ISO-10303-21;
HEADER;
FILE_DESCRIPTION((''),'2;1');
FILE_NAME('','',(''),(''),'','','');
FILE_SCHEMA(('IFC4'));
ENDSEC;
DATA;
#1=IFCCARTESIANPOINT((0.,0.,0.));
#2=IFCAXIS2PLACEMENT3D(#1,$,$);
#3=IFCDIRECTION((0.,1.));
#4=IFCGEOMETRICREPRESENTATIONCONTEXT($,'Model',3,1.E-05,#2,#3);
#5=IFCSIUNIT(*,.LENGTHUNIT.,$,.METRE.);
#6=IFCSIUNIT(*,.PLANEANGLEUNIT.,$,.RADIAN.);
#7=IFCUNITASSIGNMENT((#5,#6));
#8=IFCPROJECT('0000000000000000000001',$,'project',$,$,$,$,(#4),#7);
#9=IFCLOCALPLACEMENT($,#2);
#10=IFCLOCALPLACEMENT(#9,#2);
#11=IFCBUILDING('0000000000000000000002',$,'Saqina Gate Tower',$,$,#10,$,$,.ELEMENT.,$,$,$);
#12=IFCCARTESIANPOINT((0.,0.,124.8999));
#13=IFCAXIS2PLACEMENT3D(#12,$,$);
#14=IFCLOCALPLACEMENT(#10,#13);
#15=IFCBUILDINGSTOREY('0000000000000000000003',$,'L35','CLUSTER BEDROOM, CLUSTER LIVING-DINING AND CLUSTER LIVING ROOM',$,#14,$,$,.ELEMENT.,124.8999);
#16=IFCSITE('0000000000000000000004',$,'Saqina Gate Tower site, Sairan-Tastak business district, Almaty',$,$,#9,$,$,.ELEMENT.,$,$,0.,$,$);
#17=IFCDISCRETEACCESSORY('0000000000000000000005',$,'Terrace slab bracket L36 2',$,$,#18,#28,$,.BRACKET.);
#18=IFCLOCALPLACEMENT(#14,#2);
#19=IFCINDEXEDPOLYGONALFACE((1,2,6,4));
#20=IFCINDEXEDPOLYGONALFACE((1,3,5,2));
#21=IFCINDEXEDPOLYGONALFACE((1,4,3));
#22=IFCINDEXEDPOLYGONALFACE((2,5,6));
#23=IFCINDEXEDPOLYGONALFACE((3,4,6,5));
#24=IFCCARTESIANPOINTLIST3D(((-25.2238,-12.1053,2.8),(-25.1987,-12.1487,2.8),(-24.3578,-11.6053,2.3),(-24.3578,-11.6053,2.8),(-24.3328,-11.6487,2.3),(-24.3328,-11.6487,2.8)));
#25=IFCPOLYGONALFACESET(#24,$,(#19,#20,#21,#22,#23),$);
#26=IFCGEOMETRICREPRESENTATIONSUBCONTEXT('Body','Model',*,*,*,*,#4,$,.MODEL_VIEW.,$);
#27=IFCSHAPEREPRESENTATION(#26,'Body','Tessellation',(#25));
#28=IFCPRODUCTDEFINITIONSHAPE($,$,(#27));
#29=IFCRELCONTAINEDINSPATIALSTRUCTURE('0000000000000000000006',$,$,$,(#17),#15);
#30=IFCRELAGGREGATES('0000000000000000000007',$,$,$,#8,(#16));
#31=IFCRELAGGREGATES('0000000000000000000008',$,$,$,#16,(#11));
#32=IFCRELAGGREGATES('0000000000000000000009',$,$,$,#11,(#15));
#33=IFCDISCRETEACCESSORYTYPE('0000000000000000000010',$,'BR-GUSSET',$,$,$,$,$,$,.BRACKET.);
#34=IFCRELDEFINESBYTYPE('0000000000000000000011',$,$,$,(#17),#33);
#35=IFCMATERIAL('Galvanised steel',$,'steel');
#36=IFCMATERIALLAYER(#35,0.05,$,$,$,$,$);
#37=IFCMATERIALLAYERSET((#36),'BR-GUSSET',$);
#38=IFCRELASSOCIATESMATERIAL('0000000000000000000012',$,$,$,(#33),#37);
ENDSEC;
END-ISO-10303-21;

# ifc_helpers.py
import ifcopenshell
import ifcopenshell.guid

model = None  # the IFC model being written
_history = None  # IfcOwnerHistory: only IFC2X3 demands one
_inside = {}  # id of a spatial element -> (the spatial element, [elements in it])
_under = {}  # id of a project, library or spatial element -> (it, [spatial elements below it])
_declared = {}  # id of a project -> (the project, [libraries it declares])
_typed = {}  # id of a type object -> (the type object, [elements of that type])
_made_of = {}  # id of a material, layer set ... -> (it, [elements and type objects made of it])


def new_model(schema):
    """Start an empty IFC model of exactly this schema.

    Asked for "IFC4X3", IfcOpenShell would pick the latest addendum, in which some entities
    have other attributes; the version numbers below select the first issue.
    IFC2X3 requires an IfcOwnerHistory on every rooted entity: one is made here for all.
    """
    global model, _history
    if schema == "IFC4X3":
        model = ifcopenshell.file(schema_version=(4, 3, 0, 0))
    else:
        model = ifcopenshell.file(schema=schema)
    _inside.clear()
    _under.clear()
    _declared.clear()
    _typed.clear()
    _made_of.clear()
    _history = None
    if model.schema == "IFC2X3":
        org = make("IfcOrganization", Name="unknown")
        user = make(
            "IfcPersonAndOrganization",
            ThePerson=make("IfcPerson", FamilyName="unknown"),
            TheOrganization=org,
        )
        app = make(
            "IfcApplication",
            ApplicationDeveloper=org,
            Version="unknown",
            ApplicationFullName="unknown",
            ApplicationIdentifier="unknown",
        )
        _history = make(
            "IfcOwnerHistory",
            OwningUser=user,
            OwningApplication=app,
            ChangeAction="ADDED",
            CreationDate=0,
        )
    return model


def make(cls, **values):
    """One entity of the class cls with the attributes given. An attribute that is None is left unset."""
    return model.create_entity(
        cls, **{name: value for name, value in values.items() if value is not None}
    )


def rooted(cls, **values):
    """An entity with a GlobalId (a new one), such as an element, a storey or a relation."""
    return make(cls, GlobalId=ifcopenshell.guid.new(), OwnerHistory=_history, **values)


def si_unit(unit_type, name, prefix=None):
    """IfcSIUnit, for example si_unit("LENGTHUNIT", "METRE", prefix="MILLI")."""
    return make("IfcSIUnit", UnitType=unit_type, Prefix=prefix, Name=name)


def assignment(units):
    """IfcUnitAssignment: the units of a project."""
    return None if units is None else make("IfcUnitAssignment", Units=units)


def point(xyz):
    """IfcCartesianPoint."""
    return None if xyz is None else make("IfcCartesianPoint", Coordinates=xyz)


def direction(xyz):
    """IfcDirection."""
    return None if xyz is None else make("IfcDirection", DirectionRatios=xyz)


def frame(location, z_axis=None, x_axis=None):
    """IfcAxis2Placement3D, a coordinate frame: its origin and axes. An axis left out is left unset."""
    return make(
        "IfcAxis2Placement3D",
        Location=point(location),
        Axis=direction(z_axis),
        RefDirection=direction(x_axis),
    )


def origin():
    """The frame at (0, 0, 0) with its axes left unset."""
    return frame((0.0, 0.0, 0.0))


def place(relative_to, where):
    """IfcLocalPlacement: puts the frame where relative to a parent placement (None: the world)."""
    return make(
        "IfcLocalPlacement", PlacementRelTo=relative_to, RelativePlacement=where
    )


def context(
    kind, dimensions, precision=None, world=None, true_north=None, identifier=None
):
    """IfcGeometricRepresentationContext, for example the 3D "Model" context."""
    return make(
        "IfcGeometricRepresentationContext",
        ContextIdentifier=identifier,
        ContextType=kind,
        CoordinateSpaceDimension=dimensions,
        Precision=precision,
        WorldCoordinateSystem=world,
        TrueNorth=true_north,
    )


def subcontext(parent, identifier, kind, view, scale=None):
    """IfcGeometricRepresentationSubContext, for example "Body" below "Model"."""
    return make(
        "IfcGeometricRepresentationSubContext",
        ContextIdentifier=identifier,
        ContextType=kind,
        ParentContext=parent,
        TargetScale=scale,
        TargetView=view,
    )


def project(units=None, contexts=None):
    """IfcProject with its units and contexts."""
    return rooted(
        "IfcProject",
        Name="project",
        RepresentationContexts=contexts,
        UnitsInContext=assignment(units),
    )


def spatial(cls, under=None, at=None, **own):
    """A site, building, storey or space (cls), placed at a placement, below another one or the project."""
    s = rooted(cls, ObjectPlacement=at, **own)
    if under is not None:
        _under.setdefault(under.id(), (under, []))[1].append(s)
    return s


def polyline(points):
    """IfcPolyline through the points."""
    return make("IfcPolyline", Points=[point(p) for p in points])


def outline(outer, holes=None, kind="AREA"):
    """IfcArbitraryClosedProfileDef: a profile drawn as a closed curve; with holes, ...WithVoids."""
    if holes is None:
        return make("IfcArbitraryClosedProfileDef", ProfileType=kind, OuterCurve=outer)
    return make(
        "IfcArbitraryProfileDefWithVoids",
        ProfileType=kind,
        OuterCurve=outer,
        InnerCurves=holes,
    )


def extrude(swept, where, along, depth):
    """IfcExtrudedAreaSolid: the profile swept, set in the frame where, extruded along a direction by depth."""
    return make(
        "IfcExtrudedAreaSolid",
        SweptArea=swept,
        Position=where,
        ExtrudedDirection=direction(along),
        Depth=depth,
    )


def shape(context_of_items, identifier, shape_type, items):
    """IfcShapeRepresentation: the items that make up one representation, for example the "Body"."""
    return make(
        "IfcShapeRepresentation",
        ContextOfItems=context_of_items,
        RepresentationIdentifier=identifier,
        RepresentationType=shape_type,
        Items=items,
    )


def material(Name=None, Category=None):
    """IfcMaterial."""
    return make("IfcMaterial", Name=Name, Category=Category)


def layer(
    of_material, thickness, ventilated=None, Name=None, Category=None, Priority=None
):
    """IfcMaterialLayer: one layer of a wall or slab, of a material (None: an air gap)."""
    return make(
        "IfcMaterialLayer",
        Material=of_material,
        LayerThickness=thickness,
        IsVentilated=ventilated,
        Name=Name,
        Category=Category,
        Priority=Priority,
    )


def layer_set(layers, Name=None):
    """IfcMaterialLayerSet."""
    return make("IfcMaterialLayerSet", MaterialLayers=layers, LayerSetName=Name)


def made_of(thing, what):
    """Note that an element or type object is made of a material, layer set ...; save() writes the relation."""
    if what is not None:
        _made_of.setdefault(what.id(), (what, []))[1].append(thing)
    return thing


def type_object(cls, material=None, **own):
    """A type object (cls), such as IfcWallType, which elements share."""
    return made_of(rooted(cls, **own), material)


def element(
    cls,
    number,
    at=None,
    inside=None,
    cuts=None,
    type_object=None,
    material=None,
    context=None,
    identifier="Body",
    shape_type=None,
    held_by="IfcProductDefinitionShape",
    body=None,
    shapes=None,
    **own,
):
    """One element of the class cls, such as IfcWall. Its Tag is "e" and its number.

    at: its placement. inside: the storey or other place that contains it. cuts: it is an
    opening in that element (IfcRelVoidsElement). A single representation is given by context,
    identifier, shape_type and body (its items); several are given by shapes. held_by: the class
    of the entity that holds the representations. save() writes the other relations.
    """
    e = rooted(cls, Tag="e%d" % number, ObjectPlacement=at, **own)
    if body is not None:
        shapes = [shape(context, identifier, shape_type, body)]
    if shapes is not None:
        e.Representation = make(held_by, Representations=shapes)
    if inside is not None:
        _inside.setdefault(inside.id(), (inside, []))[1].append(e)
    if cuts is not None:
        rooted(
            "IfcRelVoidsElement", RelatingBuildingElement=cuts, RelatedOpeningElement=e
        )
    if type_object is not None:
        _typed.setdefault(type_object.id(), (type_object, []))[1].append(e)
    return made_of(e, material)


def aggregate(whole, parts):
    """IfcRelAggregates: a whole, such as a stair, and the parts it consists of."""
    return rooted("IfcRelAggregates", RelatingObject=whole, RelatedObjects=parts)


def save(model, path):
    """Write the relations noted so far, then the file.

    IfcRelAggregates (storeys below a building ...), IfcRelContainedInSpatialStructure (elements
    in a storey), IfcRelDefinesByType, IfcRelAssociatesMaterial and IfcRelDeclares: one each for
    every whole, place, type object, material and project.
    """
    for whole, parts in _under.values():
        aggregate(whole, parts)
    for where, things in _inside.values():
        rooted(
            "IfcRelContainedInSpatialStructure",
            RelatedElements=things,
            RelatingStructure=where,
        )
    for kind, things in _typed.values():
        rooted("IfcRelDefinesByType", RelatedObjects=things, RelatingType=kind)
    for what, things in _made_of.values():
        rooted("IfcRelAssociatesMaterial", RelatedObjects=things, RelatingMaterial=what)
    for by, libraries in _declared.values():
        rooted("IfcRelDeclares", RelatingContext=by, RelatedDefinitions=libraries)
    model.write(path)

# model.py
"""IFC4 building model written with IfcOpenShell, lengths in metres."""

from ifc_helpers import new_model, si_unit, direction, frame, origin, place, context, subcontext, project, spatial, polyline, outline, extrude, material, layer, layer_set, type_object, element, save


model = new_model("IFC4")

# Units and contexts
model_context = context("Model", 3, precision=1e-05, world=origin(), true_north=direction((0.0, 1.0)))
body_context = subcontext(model_context, "Body", "Model", "MODEL_VIEW")
ifc_project = project(units=[si_unit("LENGTHUNIT", "METRE"), si_unit("PLANEANGLEUNIT", "RADIAN")], contexts=[model_context])

# Site, building, storey
site_placement = place(None, origin())
site = spatial("IfcSite", under=ifc_project, at=site_placement, Name="Saqina Gate Tower site, Sairan-Tastak business district, Almaty", CompositionType="ELEMENT", RefElevation=0.0)
building_placement = place(site_placement, origin())
building = spatial("IfcBuilding", under=site, at=building_placement, Name="Saqina Gate Tower", CompositionType="ELEMENT")
storey_placement = place(building_placement, frame((0.0, 0.0, 124.8999)))
storey = spatial("IfcBuildingStorey", under=building, at=storey_placement, Name="L35", Description="CLUSTER BEDROOM, CLUSTER LIVING-DINING AND CLUSTER LIVING ROOM", CompositionType="ELEMENT", Elevation=124.8999)

# Discrete accessory
ifc_material_1 = material(Name="Galvanised steel", Category="steel")
ifc_layer_1 = layer(ifc_material_1, 0.05)
ifc_layer_set_1 = layer_set([ifc_layer_1], Name="BR-GUSSET")
discrete_accessory_type = type_object("IfcDiscreteAccessoryType", Name="BR-GUSSET", PredefinedType="BRACKET", material=ifc_layer_set_1)
discrete_accessory_1_placement = place(storey_placement, frame((-24.3328, -11.6487, 2.3), z_axis=(0.500025, -0.866011, 0.0), x_axis=(0.0, 0.0, 1.0)))
element("IfcDiscreteAccessory", 1, at=discrete_accessory_1_placement, inside=storey, type_object=discrete_accessory_type, Name="Terrace slab bracket L36 2", PredefinedType="BRACKET", context=body_context, shape_type="SweptSolid", body=[
    extrude(outline(polyline([(0.0, 0.0), (0.5, 0.0), (0.5, 0.9999), (0.0, 0.0)])), origin(), (0.0, 0.0, -1.0), 0.05),
])

save(model, "model.ifc")
